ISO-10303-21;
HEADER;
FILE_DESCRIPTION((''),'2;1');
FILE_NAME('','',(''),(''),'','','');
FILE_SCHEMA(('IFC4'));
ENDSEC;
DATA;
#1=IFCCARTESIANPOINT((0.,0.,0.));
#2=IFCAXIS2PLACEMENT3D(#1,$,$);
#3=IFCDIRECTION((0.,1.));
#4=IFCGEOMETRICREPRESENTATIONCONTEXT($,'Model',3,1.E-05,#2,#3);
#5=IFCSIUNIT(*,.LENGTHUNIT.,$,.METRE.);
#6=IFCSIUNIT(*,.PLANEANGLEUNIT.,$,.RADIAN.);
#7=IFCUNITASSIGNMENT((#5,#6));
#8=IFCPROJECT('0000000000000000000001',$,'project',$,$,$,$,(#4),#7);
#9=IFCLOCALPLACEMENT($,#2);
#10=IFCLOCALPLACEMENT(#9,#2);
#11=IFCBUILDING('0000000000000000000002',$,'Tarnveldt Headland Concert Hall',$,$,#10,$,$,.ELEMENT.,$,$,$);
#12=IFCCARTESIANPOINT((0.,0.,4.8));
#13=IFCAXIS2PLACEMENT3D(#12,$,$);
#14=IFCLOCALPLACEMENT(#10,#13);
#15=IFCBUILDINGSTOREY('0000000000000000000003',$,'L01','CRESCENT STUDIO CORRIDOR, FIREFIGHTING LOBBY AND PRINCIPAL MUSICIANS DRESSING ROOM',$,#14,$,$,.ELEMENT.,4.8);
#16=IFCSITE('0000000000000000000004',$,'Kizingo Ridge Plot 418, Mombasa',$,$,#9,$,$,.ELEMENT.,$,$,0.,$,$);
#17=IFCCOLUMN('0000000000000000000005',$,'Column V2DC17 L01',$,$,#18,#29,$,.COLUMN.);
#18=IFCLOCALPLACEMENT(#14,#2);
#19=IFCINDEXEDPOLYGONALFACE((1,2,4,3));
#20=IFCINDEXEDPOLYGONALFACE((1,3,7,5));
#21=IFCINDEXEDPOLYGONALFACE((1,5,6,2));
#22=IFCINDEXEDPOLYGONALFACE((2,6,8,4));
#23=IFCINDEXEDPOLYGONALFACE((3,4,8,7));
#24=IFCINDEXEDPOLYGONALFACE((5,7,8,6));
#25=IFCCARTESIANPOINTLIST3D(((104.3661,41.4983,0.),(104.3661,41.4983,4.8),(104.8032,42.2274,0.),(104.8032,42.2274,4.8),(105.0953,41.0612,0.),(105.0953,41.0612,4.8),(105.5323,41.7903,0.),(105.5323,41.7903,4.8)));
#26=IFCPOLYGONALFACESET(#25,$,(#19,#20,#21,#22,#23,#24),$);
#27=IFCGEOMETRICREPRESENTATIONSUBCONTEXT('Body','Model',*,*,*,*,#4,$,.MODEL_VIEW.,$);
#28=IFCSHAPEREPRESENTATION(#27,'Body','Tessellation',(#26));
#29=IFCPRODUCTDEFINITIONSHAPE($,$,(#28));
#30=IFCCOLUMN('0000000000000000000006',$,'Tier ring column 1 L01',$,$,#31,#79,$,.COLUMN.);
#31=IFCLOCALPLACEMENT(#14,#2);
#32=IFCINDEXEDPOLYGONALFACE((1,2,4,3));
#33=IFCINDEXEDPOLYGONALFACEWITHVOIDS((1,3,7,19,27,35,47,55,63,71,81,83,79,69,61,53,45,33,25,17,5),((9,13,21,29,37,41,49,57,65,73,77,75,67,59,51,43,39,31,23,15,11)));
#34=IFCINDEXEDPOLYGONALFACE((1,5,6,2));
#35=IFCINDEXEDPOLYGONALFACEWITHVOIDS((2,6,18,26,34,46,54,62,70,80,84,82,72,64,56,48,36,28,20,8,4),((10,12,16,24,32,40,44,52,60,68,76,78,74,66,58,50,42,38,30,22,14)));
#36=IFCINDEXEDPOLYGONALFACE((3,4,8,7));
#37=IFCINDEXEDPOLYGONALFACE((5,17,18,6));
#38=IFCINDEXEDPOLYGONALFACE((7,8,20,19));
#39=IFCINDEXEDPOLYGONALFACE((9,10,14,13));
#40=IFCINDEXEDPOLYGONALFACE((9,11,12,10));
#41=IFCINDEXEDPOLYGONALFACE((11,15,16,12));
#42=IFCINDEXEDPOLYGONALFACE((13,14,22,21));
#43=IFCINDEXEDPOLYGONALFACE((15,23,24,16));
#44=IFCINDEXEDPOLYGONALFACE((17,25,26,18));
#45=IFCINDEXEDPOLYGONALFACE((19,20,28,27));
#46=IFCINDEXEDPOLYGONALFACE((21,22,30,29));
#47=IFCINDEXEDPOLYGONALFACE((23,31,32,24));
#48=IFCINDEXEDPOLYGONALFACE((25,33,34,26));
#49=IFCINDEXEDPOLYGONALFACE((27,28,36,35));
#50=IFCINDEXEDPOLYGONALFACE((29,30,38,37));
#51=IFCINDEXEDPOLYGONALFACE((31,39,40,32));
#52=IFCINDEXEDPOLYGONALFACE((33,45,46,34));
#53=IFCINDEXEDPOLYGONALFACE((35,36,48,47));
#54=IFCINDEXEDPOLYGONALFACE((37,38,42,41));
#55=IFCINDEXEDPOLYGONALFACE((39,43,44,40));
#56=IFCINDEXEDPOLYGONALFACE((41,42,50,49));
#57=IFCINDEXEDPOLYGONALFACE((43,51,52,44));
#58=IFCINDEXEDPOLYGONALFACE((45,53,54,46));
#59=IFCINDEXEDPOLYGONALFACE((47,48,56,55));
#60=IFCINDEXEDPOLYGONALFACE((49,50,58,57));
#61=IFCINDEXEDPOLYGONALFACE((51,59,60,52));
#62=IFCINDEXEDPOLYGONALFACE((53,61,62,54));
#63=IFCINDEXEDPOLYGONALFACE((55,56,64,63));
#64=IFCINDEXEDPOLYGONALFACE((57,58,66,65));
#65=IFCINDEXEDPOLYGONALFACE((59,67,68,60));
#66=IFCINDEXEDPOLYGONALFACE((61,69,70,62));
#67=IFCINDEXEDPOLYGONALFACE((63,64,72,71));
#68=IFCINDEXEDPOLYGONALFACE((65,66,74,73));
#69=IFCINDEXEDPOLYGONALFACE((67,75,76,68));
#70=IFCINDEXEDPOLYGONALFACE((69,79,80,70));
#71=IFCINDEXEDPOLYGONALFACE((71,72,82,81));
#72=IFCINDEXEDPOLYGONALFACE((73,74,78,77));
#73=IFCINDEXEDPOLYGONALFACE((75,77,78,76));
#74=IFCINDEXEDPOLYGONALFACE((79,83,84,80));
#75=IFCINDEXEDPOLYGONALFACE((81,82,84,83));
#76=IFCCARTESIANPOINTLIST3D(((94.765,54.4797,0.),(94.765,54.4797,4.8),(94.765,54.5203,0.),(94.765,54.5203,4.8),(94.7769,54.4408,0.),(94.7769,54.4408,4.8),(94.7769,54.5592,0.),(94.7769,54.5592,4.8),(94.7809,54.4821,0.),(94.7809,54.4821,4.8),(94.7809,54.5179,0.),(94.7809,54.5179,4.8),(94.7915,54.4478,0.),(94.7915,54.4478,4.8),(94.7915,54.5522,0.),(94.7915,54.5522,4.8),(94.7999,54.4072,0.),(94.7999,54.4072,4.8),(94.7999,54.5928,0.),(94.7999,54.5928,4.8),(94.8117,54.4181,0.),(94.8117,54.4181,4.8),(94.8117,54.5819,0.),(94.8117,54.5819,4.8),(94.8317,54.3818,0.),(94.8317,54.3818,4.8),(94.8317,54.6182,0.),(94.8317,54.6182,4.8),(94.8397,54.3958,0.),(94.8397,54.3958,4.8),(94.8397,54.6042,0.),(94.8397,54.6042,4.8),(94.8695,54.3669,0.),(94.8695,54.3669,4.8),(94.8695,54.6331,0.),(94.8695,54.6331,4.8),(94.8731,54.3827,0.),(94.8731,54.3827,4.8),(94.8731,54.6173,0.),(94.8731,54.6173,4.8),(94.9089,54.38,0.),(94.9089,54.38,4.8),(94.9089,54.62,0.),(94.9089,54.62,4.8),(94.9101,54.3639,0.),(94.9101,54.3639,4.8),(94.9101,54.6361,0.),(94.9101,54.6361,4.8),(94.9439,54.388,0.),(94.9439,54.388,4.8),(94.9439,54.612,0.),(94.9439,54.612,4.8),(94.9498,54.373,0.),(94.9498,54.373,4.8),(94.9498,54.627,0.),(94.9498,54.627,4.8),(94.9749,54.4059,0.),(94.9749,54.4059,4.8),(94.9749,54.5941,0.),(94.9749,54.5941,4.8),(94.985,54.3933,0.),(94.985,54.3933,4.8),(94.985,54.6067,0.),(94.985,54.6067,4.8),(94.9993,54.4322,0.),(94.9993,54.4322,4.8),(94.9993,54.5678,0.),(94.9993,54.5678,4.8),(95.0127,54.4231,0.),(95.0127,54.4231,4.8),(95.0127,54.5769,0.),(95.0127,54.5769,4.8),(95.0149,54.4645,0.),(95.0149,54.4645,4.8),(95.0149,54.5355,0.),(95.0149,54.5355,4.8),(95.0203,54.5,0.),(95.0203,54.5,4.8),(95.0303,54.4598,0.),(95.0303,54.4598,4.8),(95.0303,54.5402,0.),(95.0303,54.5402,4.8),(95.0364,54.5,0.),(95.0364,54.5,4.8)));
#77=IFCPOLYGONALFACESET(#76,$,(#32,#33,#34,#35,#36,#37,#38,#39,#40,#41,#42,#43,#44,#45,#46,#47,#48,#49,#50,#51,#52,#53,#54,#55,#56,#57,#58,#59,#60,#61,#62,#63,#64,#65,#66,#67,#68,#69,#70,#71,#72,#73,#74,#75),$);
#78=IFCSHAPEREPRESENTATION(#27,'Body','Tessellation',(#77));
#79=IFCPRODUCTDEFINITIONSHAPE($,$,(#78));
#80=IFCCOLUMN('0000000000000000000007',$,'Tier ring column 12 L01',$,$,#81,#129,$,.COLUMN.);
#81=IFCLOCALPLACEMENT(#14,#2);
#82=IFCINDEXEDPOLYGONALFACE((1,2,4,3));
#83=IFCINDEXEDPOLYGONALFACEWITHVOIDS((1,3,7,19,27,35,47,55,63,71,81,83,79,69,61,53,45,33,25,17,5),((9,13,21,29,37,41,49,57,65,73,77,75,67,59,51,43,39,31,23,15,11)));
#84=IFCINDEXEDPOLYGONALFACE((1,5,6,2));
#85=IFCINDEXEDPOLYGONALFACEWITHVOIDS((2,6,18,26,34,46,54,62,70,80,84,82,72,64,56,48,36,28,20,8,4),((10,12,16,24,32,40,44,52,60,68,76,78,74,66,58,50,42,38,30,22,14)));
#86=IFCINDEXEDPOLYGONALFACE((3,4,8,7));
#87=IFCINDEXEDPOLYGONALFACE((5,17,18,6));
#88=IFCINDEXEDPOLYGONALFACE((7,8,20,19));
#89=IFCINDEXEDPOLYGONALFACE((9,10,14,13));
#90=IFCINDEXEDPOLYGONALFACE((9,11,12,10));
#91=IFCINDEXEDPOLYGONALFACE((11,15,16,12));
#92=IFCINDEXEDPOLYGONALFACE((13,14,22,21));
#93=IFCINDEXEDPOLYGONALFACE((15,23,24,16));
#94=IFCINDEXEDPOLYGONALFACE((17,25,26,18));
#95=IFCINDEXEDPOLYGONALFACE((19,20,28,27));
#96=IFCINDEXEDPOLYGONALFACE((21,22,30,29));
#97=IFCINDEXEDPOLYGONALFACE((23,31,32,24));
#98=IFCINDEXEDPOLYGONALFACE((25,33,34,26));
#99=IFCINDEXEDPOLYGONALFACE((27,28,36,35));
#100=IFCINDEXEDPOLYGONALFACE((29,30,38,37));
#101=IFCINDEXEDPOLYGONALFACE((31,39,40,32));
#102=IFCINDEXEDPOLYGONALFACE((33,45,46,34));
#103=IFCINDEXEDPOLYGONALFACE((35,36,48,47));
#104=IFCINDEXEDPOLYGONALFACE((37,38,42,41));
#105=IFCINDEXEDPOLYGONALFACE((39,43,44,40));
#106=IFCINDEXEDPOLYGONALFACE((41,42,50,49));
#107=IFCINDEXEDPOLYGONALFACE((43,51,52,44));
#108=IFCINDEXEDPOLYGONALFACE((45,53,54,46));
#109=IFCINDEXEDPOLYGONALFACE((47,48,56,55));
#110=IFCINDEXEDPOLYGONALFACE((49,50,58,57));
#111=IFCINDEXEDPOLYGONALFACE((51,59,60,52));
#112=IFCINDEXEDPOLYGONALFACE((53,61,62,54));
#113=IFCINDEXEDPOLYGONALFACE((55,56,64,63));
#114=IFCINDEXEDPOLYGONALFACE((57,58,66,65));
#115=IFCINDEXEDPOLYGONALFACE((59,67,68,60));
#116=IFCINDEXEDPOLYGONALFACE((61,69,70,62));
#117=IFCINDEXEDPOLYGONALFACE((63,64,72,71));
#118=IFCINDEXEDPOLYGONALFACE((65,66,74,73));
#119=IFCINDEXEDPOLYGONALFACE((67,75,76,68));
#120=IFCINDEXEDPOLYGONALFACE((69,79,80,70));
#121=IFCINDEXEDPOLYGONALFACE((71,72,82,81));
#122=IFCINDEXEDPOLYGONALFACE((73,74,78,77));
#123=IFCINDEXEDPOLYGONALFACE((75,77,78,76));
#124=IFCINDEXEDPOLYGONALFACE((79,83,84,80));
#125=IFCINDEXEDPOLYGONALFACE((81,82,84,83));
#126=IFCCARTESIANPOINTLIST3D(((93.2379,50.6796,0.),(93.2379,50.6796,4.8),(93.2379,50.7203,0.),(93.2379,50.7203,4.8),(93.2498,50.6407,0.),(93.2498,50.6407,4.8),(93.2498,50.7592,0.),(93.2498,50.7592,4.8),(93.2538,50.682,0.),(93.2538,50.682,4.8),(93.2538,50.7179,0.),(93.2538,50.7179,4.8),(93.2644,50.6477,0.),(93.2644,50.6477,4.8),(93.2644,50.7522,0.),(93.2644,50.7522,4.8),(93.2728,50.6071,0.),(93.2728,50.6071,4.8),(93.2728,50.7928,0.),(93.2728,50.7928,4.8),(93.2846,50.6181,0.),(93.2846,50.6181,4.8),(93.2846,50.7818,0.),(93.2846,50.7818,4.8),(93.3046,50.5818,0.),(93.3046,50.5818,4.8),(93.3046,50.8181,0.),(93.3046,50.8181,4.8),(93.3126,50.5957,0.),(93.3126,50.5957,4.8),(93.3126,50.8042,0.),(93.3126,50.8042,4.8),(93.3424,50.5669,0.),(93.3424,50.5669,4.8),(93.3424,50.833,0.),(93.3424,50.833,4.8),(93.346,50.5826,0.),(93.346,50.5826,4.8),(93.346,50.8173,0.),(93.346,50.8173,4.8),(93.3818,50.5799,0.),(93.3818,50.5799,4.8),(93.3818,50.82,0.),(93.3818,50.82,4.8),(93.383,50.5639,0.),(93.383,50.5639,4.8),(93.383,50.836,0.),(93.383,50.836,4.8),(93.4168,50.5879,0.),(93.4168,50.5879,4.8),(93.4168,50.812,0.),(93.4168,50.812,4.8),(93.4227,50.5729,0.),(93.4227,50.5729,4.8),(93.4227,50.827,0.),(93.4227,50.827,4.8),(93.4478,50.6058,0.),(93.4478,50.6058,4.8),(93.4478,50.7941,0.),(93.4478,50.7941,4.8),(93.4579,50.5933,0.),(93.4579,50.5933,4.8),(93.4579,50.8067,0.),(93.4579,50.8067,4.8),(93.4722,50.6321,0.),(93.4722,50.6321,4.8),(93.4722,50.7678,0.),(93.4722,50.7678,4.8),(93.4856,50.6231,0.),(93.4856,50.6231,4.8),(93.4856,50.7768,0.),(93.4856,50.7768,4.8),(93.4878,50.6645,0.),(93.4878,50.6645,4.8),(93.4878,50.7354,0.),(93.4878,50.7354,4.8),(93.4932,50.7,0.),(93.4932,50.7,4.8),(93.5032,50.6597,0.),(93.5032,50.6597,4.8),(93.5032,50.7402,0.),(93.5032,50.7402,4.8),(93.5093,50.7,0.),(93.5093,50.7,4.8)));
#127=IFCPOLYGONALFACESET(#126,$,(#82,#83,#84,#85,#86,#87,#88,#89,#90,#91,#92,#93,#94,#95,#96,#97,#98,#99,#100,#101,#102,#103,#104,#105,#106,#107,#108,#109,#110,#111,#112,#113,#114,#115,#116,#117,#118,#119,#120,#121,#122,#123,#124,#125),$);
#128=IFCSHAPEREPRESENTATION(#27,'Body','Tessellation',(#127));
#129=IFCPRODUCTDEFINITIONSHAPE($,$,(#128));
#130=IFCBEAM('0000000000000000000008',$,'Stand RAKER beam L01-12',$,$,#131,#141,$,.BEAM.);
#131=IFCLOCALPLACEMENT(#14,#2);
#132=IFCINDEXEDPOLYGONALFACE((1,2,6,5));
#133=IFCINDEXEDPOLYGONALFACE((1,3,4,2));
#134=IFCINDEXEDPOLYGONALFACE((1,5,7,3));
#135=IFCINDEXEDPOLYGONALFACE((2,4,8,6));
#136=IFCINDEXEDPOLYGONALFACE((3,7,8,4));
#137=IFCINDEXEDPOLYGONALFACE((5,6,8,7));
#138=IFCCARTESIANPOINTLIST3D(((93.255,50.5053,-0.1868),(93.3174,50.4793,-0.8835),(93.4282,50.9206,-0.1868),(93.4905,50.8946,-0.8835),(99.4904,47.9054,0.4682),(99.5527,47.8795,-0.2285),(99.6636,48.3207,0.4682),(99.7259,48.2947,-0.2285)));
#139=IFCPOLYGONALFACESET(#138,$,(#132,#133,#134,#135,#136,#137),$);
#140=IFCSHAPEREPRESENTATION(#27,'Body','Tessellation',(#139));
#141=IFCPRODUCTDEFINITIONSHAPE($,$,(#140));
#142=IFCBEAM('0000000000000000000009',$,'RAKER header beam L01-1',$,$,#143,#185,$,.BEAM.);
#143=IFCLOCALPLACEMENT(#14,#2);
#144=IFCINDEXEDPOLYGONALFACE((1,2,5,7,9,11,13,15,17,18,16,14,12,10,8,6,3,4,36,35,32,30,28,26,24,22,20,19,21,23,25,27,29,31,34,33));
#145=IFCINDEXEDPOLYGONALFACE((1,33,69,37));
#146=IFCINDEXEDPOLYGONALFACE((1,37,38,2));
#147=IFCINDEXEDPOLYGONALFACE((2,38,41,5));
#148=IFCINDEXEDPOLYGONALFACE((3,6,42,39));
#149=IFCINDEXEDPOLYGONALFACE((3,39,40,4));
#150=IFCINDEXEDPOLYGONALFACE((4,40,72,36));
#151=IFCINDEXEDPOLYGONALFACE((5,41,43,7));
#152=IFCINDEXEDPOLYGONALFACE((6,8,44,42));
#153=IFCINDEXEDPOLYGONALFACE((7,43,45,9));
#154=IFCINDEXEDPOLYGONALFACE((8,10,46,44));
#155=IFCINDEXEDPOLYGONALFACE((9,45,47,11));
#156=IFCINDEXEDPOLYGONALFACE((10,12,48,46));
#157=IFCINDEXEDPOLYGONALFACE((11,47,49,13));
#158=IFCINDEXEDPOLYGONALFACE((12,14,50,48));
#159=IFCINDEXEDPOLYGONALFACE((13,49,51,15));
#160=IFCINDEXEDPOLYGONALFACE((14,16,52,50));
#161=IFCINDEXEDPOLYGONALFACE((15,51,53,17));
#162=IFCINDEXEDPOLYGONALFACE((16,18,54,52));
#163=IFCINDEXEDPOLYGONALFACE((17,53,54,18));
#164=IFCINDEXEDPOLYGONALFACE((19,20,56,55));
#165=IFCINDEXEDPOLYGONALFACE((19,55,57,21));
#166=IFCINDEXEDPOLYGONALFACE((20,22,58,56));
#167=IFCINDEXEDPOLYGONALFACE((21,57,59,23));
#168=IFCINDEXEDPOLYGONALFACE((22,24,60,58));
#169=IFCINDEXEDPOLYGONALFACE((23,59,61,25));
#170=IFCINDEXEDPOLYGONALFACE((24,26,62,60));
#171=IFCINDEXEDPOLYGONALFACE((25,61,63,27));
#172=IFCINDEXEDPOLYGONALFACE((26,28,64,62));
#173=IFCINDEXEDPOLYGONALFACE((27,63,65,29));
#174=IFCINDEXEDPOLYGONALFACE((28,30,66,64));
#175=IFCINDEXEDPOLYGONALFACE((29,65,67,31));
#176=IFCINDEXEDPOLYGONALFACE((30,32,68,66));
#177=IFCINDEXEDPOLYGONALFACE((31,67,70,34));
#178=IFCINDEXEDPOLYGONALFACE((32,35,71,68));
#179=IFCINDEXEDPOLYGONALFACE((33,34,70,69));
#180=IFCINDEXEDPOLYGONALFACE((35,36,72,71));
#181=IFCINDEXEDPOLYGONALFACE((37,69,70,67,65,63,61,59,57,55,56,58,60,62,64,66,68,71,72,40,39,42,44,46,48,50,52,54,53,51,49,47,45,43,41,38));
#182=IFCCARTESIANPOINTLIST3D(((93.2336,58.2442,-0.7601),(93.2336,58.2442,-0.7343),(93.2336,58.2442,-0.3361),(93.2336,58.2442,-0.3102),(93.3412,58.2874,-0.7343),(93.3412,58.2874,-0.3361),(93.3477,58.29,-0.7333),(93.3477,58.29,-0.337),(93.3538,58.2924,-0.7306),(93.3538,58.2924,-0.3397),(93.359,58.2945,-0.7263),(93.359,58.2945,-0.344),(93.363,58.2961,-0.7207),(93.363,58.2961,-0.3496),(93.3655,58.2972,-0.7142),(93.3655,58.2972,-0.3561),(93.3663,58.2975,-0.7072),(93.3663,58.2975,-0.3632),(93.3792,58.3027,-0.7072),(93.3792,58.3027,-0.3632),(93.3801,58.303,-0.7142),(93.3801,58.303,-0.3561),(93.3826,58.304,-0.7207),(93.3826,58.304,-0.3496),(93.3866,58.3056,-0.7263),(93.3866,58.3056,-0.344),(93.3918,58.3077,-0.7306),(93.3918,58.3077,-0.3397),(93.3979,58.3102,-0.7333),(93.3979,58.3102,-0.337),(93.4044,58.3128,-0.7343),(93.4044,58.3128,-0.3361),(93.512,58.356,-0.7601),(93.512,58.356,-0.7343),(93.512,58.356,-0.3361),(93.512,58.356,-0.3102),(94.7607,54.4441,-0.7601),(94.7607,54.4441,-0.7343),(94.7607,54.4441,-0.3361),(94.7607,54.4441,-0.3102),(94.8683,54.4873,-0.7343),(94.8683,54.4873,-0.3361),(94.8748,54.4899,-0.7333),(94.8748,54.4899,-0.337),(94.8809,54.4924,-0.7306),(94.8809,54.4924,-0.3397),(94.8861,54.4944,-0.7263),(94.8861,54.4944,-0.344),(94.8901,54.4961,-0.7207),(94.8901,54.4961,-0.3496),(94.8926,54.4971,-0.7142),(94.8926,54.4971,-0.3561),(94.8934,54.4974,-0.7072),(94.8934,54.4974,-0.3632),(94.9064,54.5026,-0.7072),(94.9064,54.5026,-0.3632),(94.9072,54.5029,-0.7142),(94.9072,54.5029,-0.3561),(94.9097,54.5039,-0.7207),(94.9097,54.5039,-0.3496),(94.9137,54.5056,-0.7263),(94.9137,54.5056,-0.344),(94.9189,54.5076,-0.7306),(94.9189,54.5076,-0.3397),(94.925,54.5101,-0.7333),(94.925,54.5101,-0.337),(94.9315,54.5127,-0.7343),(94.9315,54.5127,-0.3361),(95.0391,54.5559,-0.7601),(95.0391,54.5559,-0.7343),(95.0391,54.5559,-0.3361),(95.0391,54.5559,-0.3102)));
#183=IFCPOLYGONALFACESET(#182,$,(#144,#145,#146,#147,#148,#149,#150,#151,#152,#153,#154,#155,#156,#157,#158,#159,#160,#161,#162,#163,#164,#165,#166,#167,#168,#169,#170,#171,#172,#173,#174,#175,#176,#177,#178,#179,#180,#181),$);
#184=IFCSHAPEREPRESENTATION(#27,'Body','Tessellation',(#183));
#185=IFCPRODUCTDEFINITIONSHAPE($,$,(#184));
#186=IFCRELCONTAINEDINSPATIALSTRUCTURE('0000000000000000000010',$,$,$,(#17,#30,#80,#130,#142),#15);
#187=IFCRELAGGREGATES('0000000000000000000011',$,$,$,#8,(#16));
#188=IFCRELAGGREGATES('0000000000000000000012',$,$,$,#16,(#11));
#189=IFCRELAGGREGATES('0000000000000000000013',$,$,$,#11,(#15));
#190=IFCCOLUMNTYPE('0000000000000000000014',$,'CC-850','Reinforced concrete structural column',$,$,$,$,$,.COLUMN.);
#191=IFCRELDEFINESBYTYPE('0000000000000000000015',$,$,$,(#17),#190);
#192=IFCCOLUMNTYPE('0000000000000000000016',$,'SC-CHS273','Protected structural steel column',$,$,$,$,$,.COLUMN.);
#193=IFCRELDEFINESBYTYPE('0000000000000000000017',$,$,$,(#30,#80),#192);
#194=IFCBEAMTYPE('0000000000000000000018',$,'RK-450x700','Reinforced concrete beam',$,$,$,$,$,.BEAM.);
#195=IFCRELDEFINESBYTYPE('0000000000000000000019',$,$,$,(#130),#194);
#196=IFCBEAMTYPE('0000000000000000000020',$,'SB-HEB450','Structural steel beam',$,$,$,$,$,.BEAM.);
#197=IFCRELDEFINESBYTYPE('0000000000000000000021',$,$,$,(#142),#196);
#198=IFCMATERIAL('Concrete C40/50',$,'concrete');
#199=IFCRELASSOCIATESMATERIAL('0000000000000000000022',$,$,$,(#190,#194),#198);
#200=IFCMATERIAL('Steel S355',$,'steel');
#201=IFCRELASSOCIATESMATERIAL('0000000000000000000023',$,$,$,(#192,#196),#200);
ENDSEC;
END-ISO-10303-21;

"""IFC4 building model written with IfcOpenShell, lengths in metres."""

from ifc_helpers import new_model, si_unit, direction, frame, origin, origin_2d, place, context, subcontext, project, spatial, rectangle, hollow_circle, i_section, extrude, material, material_profile, profile_set, type_object, element, save


model = new_model("IFC4")

# Units and contexts
model_context = context("Model", 3, precision=1e-05, world=origin(), true_north=direction((0.0, 1.0)))
body_context = subcontext(model_context, "Body", "Model", "MODEL_VIEW")
ifc_project = project(units=[si_unit("LENGTHUNIT", "METRE"), si_unit("PLANEANGLEUNIT", "RADIAN")], contexts=[model_context])

# Site, building, storey
site_placement = place(None, origin())
site = spatial("IfcSite", under=ifc_project, at=site_placement, Name="Kizingo Ridge Plot 418, Mombasa", CompositionType="ELEMENT", RefElevation=0.0)
building_placement = place(site_placement, origin())
building = spatial("IfcBuilding", under=site, at=building_placement, Name="Tarnveldt Headland Concert Hall", CompositionType="ELEMENT")
storey_placement = place(building_placement, frame((0.0, 0.0, 4.8)))
storey = spatial("IfcBuildingStorey", under=building, at=storey_placement, Name="L01", Description="CRESCENT STUDIO CORRIDOR, FIREFIGHTING LOBBY AND PRINCIPAL MUSICIANS DRESSING ROOM", CompositionType="ELEMENT", Elevation=4.8)

# Columns
ifc_material_1 = material(Name="Concrete C40/50", Category="concrete")
ifc_material_profile_1 = material_profile(ifc_material_1, rectangle(XDim=0.8501, YDim=0.8501, at=origin_2d()), Name="RC 850x850", Category="concrete")
ifc_profile_set_1 = profile_set([ifc_material_profile_1], Name="Concrete C40/50")
column_type_1 = type_object("IfcColumnType", Name="CC-850", Description="Reinforced concrete structural column", PredefinedType="COLUMN", material=ifc_profile_set_1)
column_1_placement = place(storey_placement, frame((104.9492, 41.6443, 0.0), z_axis=(0.0, 0.0, 1.0), x_axis=(0.857706, -0.51414, 0.0)))
element("IfcColumn", 1, at=column_1_placement, inside=storey, type_object=column_type_1, Name="Column V2DC17 L01", PredefinedType="COLUMN", context=body_context, shape_type="SweptSolid", body=[
    extrude(rectangle(XDim=0.8501, YDim=0.8501, at=origin_2d()), origin(), (0.0, 0.0, 1.0), 4.8),
])
ifc_material_2 = material(Name="Steel S355", Category="steel")
ifc_material_profile_2 = material_profile(ifc_material_2, hollow_circle(Radius=0.1365, WallThickness=0.0161, at=origin_2d()), Name="CHS 273x16", Category="steel")
ifc_profile_set_2 = profile_set([ifc_material_profile_2], Name="Steel S355")
column_type_2 = type_object("IfcColumnType", Name="SC-CHS273", Description="Protected structural steel column", PredefinedType="COLUMN", material=ifc_profile_set_2)
for number, where, z_axis, x_axis, name in (
    (2, (94.8999, 54.5, 0.0), (0.0, 0.0, 1.0), (1.0, 0.0, 0.0), "Tier ring column 1 L01"),
    (3, (93.3728, 50.7, 0.0), (0.0, 0.0, 1.0), (1.0, 0.0, 0.0), "Tier ring column 12 L01"),
):
    element("IfcColumn", number, at=place(storey_placement, frame(where, z_axis=z_axis, x_axis=x_axis)), inside=storey, type_object=column_type_2, Name=name, PredefinedType="COLUMN", context=body_context, shape_type="SweptSolid", body=[
        extrude(hollow_circle(Radius=0.1365, WallThickness=0.0161, at=origin_2d()), origin(), (0.0, 0.0, 1.0), 4.8),
    ])

# Beams
ifc_material_profile_3 = material_profile(ifc_material_1, rectangle(XDim=0.45, YDim=0.7, at=origin_2d()), Name="RAKER RC 450x700", Category="concrete")
ifc_profile_set_3 = profile_set([ifc_material_profile_3], Name="Concrete C40/50")
beam_type_1 = type_object("IfcBeamType", Name="RK-450x700", Description="Reinforced concrete beam", PredefinedType="BEAM", material=ifc_profile_set_3)
beam_1_placement = place(storey_placement, frame((99.6082, 48.1001, 0.1199), z_axis=(-0.918675, 0.383045, -0.096508), x_axis=(-0.384841, -0.922983, 0.0)))
element("IfcBeam", 4, at=beam_1_placement, inside=storey, type_object=beam_type_1, Name="Stand RAKER beam L01-12", PredefinedType="BEAM", context=body_context, shape_type="SweptSolid", body=[
    extrude(rectangle(XDim=0.45, YDim=0.7, at=origin_2d()), origin(), (0.0, 0.0, 1.0), 6.7874),
])
ifc_material_profile_4 = material_profile(ifc_material_2, i_section(OverallWidth=0.3, OverallDepth=0.45, WebThickness=0.0139, FlangeThickness=0.0259, FilletRadius=0.0271, at=origin_2d()), Name="HEB450", Category="steel")
ifc_profile_set_4 = profile_set([ifc_material_profile_4], Name="Steel S355")
beam_type_2 = type_object("IfcBeamType", Name="SB-HEB450", Description="Structural steel beam", PredefinedType="BEAM", material=ifc_profile_set_4)
for number, where, z_axis, x_axis, name in (
    (5, (94.8999, 54.5, -0.5352), (-0.372881, 0.927879, 0.0), (-0.927879, -0.372881, 0.0), "RAKER header beam L01-1"),
):
    element("IfcBeam", number, at=place(storey_placement, frame(where, z_axis=z_axis, x_axis=x_axis)), inside=storey, type_object=beam_type_2, Name=name, PredefinedType="BEAM", context=body_context, shape_type="SweptSolid", body=[
        extrude(i_section(OverallWidth=0.3, OverallDepth=0.45, WebThickness=0.0139, FlangeThickness=0.0259, FilletRadius=0.0271, at=origin_2d()), origin(), (0.0, 0.0, 1.0), 4.0955),
    ])

save(model, "model.ifc")
